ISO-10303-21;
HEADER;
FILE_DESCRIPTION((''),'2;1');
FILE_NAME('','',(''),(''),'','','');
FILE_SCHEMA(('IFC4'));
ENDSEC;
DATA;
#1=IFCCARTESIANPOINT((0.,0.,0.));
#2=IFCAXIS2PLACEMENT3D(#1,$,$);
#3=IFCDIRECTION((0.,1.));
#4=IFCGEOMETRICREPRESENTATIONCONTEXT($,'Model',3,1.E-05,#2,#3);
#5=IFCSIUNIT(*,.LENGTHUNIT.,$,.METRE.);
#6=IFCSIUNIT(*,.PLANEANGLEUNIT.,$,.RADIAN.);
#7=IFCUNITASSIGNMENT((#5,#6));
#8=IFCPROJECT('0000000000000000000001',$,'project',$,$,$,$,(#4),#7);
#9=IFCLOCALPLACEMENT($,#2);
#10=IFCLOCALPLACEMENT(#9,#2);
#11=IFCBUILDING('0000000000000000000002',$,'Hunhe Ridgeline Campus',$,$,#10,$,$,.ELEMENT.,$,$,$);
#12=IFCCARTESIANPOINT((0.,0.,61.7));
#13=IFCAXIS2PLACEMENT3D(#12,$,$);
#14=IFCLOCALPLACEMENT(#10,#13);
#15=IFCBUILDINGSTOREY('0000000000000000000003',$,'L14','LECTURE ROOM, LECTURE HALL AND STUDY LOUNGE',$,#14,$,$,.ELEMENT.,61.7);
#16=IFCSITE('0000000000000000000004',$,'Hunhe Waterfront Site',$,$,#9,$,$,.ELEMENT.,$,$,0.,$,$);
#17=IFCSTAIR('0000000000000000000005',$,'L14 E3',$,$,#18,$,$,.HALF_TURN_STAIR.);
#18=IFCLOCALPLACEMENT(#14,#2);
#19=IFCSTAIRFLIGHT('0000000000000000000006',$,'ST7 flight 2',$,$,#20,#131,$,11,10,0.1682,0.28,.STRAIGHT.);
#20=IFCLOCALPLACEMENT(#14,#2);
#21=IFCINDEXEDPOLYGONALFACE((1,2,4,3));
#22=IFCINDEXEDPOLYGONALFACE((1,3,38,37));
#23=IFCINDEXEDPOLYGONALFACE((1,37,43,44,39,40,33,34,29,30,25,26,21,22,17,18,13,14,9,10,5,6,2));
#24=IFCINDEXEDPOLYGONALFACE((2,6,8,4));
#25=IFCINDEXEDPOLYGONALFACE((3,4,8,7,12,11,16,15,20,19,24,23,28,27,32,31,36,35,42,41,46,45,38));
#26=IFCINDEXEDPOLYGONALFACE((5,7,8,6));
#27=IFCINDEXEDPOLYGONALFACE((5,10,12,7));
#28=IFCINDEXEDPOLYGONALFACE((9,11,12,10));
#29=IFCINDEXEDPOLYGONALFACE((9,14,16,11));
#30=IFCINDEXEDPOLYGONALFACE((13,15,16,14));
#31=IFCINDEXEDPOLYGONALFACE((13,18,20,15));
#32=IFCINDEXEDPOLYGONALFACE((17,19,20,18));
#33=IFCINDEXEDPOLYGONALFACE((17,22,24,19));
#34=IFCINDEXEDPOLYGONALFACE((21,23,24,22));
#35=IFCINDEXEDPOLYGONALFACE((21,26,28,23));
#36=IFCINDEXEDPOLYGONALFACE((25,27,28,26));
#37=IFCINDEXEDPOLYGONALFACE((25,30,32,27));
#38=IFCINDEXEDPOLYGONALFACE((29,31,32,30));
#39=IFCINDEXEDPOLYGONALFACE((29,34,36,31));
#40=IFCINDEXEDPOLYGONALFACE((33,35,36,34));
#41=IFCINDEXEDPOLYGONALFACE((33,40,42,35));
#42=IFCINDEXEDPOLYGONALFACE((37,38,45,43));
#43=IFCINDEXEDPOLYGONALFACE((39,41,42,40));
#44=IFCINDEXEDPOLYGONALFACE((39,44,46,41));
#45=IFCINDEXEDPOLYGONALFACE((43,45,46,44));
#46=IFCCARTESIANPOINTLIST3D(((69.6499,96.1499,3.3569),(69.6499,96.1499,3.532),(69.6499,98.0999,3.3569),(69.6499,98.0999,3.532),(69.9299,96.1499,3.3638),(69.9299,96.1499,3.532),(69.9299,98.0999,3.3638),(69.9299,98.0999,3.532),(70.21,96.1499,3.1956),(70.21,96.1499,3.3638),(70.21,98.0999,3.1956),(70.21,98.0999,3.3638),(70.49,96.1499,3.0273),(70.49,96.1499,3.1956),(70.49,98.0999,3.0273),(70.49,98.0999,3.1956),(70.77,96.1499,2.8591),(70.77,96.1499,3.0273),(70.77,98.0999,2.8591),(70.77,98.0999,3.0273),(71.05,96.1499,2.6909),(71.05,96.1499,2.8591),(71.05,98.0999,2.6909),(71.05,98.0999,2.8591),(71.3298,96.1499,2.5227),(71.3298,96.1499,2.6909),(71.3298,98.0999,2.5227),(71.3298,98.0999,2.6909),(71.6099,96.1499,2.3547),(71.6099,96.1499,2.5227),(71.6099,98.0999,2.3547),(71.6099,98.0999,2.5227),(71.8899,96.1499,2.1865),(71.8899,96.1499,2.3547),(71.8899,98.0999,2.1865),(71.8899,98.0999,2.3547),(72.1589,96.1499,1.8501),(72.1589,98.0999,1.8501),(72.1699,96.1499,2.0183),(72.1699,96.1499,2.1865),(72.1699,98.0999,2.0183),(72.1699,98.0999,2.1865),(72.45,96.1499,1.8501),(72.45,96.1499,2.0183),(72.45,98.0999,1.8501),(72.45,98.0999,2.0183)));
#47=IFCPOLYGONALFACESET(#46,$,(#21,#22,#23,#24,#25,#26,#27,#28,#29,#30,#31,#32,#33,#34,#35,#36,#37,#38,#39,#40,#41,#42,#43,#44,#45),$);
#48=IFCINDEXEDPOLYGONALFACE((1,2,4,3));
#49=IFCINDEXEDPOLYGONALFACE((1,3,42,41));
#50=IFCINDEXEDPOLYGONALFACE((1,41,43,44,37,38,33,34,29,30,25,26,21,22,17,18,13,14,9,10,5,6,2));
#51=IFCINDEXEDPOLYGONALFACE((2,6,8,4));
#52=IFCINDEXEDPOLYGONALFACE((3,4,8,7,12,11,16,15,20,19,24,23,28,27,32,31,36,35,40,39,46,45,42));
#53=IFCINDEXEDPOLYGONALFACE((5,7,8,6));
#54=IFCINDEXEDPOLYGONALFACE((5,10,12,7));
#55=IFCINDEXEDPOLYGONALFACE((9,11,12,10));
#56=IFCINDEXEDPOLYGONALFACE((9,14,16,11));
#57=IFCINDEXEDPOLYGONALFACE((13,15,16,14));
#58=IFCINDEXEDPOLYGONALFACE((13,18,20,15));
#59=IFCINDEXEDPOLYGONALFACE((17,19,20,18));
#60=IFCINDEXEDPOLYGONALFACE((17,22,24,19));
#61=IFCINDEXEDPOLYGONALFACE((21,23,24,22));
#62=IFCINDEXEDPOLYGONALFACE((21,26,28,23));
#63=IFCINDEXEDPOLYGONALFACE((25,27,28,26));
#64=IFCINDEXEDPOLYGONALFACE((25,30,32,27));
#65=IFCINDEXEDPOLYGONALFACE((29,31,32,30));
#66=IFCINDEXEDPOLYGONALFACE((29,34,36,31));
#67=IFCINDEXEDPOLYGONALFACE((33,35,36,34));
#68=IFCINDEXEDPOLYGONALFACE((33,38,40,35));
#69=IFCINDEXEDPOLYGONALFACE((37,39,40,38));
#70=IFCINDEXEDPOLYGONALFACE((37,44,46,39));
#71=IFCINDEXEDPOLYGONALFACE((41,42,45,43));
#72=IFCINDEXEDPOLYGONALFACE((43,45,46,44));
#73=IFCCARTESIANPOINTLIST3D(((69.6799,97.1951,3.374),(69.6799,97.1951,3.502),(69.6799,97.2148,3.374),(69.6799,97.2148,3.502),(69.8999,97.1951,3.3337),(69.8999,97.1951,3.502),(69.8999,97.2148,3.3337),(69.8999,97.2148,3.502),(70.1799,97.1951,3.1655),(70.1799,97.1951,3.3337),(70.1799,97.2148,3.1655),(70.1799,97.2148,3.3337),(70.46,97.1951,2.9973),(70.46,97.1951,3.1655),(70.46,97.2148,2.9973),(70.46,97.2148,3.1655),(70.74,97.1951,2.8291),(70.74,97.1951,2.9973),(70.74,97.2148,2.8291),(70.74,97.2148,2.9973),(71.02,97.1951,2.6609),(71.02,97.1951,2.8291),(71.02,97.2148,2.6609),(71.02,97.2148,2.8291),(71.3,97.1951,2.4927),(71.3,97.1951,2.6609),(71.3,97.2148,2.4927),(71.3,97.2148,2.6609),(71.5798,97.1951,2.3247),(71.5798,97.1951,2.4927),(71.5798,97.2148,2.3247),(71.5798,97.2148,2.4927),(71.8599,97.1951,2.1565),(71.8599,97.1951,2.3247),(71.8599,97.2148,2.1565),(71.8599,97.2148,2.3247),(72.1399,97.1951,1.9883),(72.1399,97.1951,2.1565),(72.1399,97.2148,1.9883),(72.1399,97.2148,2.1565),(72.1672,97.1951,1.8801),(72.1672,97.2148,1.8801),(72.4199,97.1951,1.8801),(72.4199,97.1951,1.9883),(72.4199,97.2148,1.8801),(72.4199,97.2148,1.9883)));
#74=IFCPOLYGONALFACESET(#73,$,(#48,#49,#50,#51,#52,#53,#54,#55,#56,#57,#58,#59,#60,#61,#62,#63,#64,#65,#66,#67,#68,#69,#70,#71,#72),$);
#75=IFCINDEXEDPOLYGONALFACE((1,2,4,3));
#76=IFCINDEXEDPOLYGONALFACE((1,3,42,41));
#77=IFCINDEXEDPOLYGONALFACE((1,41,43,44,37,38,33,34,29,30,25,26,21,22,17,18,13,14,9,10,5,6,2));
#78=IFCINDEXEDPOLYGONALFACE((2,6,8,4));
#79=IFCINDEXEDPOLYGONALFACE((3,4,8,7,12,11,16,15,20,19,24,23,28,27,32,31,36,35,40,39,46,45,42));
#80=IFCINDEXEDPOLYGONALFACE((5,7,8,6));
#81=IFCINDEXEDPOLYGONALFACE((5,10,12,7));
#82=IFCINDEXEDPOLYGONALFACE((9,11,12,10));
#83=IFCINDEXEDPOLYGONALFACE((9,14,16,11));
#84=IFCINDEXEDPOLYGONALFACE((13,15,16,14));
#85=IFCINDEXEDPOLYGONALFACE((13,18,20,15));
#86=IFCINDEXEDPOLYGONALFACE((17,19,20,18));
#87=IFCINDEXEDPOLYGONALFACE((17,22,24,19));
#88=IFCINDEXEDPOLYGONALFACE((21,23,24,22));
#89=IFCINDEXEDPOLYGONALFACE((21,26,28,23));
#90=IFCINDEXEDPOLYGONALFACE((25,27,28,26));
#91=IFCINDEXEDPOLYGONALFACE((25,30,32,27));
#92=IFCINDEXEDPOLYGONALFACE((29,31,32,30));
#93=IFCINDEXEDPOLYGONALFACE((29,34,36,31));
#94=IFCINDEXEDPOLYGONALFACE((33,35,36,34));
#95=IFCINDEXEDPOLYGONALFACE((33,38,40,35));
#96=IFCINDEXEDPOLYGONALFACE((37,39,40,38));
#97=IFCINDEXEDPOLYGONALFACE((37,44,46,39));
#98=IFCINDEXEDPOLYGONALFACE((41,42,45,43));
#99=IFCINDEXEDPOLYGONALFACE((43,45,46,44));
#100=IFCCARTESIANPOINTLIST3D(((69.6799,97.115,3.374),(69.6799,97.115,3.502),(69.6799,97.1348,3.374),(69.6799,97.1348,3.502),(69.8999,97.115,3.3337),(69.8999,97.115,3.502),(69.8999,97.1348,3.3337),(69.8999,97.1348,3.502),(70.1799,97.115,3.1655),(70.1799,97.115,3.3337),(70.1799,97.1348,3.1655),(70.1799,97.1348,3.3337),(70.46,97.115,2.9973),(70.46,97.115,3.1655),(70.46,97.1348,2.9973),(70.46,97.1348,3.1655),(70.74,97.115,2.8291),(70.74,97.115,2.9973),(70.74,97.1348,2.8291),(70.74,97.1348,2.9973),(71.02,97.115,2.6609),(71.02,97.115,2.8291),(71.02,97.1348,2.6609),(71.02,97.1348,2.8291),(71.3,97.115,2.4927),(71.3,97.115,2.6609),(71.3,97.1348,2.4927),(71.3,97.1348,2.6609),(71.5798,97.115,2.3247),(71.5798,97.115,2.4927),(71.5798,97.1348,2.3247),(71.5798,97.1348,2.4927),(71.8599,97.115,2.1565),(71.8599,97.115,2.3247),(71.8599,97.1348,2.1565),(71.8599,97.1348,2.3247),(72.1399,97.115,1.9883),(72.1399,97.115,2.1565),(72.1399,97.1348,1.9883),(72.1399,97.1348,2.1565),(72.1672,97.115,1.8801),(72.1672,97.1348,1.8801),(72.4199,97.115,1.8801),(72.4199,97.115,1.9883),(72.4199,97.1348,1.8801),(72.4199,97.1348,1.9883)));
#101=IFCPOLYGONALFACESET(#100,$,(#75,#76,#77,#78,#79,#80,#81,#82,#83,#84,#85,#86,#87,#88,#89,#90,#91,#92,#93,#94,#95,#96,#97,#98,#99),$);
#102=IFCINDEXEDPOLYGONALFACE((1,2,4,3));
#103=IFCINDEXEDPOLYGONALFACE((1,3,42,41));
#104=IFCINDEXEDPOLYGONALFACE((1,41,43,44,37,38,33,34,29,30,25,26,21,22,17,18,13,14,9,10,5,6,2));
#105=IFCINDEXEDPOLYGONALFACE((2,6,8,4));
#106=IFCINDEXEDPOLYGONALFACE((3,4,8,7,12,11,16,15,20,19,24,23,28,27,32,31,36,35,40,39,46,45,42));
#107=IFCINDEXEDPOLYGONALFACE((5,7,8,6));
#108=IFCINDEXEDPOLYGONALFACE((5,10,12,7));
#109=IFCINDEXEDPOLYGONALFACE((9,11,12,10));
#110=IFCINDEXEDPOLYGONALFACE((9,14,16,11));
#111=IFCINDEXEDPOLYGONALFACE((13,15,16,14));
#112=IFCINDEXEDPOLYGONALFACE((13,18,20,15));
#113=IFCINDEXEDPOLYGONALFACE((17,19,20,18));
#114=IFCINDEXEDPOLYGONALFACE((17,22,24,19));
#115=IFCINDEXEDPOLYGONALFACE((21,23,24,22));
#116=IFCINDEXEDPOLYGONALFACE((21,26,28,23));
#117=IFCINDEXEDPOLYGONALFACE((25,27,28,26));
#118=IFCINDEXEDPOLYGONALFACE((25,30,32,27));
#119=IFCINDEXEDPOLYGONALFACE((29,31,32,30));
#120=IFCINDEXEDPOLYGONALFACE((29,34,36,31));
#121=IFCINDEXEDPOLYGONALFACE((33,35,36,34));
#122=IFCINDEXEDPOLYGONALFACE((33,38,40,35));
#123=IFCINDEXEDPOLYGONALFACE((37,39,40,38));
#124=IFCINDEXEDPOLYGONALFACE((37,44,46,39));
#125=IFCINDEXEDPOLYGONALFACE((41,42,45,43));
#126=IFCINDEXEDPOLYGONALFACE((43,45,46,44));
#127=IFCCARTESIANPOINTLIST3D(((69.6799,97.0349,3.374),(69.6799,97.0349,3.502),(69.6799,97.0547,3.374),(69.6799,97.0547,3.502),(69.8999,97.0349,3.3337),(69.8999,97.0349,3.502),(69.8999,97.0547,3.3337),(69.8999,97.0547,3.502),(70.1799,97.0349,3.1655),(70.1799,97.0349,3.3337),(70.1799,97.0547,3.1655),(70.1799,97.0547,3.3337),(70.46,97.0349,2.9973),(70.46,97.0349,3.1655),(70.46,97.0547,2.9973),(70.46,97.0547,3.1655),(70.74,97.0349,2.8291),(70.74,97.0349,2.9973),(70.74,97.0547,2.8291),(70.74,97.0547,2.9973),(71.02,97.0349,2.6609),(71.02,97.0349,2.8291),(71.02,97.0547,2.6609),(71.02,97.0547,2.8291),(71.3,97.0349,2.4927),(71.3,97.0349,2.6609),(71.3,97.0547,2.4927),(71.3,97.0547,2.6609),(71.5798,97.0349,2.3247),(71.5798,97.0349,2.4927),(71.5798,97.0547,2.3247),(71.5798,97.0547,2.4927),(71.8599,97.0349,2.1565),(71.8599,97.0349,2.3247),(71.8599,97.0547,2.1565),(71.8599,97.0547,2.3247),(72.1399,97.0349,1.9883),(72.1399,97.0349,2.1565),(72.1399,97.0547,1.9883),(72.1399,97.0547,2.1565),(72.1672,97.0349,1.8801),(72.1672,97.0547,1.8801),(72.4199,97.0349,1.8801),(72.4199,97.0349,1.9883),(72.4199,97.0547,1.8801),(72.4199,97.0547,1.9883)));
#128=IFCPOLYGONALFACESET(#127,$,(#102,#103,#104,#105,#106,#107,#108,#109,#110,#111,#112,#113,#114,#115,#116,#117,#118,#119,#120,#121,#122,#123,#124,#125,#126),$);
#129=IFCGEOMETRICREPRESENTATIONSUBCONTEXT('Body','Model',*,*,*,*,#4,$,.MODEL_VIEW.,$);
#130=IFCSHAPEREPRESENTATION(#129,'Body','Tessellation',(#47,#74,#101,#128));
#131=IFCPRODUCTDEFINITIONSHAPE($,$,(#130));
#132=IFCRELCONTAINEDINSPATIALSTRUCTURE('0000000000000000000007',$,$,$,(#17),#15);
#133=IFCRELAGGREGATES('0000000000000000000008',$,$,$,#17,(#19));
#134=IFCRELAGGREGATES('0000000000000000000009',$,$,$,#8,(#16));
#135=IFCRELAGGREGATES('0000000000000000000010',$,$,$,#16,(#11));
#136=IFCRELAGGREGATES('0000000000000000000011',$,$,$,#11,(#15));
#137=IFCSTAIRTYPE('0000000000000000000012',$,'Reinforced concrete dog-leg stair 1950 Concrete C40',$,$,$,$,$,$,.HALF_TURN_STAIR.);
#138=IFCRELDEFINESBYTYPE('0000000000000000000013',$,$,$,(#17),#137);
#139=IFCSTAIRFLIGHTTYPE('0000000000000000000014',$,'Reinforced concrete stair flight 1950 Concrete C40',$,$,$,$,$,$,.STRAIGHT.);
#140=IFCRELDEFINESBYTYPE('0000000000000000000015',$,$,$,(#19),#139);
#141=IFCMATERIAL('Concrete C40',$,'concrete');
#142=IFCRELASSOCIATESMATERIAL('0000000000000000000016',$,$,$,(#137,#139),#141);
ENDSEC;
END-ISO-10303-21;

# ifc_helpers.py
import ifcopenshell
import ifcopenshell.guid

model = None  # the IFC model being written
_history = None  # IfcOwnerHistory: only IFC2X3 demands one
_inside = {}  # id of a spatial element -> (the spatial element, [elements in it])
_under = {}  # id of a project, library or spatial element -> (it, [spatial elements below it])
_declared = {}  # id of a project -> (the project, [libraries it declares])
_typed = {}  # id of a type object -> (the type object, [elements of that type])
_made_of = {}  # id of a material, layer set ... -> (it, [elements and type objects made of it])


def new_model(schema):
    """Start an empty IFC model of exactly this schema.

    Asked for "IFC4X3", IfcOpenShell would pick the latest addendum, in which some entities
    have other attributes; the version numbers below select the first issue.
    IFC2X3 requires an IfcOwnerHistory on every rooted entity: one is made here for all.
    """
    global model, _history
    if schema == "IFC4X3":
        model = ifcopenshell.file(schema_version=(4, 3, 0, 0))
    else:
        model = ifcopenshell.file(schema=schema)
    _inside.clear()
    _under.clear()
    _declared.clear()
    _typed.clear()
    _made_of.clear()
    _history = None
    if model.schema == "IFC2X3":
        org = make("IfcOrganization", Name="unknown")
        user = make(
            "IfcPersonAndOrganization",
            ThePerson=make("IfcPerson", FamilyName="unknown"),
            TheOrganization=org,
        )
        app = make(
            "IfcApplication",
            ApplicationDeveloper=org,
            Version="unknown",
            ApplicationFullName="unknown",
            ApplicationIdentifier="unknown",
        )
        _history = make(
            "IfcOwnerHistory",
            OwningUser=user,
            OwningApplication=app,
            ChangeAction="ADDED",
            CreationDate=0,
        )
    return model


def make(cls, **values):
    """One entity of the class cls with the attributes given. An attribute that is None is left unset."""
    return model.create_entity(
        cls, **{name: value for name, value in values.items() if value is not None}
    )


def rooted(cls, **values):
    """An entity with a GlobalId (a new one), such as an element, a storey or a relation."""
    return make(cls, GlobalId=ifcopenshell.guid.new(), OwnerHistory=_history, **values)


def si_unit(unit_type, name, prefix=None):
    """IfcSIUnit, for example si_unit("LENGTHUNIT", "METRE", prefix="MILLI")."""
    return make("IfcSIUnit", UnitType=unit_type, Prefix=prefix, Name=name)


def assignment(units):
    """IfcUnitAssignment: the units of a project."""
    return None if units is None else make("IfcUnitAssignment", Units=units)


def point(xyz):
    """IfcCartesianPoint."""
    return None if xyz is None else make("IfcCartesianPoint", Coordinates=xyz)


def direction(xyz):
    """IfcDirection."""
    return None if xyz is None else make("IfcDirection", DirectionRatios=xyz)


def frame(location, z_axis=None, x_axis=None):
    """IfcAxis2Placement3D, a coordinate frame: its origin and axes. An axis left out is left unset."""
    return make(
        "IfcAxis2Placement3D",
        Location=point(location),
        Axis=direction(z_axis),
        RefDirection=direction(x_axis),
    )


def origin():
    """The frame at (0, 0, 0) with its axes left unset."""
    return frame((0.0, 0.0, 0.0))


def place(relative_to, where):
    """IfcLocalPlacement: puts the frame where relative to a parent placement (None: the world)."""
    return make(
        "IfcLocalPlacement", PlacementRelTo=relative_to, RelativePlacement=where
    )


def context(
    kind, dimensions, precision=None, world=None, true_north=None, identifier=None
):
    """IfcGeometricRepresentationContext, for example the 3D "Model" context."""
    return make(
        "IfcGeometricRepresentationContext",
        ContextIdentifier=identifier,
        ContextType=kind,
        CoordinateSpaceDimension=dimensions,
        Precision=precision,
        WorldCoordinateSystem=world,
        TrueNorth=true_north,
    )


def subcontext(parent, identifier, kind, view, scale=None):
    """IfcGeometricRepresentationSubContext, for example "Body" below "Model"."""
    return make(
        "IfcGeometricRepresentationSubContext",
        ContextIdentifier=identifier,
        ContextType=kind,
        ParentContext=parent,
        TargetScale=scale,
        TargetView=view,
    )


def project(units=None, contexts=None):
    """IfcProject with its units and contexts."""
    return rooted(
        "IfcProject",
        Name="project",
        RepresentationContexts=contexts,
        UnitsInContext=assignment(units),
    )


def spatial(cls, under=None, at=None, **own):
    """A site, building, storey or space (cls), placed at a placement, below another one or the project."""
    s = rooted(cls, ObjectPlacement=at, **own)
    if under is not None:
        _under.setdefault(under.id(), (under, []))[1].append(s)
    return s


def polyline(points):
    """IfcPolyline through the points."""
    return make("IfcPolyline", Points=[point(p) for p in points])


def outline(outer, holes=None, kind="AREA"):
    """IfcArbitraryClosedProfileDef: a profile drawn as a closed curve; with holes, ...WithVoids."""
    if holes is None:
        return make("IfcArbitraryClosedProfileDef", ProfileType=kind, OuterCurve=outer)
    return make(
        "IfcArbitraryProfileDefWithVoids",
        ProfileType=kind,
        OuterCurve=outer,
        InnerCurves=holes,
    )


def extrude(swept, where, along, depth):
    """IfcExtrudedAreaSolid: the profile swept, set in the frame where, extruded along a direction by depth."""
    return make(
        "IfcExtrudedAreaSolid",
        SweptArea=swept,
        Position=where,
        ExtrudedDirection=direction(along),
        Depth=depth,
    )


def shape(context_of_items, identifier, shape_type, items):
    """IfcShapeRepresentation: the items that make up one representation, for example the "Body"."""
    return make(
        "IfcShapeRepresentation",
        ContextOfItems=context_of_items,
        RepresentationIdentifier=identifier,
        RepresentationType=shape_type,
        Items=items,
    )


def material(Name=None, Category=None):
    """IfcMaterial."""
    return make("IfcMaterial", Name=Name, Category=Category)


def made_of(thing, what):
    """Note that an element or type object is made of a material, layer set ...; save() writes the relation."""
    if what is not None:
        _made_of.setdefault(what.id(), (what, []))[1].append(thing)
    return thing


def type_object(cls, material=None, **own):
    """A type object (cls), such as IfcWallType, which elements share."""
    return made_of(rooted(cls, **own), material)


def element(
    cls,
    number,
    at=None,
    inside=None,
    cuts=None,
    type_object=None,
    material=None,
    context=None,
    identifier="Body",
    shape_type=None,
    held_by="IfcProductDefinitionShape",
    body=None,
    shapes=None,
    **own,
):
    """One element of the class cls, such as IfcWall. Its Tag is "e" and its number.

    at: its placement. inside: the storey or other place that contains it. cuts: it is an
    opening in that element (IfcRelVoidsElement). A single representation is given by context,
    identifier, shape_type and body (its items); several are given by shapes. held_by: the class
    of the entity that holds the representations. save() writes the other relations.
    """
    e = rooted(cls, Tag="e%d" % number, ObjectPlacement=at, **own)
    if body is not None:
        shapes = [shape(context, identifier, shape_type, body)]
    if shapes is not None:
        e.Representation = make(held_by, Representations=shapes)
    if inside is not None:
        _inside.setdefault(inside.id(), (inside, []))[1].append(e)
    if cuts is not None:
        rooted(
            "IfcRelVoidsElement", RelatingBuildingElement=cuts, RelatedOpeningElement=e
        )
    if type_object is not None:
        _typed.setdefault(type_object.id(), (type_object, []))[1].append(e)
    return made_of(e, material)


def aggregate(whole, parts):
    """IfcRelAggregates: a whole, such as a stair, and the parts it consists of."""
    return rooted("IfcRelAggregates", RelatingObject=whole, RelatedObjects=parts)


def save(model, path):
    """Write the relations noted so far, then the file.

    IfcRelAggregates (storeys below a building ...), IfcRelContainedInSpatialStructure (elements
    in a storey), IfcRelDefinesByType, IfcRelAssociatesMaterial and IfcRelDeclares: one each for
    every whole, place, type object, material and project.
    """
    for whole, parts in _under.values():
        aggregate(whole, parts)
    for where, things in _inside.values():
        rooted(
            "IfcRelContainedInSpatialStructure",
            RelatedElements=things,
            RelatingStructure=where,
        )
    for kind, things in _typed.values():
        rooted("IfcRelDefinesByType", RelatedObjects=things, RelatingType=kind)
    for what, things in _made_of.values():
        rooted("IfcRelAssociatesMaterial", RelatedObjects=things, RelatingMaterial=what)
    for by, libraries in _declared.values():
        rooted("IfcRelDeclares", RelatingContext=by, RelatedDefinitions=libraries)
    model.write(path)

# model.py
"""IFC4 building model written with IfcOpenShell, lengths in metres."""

from ifc_helpers import new_model, si_unit, direction, frame, origin, place, context, subcontext, project, spatial, polyline, outline, extrude, material, type_object, element, aggregate, save


model = new_model("IFC4")

# Units and contexts
model_context = context("Model", 3, precision=1e-05, world=origin(), true_north=direction((0.0, 1.0)))
body_context = subcontext(model_context, "Body", "Model", "MODEL_VIEW")
ifc_project = project(units=[si_unit("LENGTHUNIT", "METRE"), si_unit("PLANEANGLEUNIT", "RADIAN")], contexts=[model_context])

# Site, building, storey
site_placement = place(None, origin())
site = spatial("IfcSite", under=ifc_project, at=site_placement, Name="Hunhe Waterfront Site", CompositionType="ELEMENT", RefElevation=0.0)
building_placement = place(site_placement, origin())
building = spatial("IfcBuilding", under=site, at=building_placement, Name="Hunhe Ridgeline Campus", CompositionType="ELEMENT")
storey_placement = place(building_placement, frame((0.0, 0.0, 61.7)))
storey = spatial("IfcBuildingStorey", under=building, at=storey_placement, Name="L14", Description="LECTURE ROOM, LECTURE HALL AND STUDY LOUNGE", CompositionType="ELEMENT", Elevation=61.7)

# Shared definitions
ifc_material_1 = material(Name="Concrete C40", Category="concrete")
stair_type = type_object("IfcStairType", Name="Reinforced concrete dog-leg stair 1950 Concrete C40", PredefinedType="HALF_TURN_STAIR", material=ifc_material_1)
stair_flight_type = type_object("IfcStairFlightType", Name="Reinforced concrete stair flight 1950 Concrete C40", PredefinedType="STRAIGHT", material=ifc_material_1)

# Stair, stair flight
stair_1_placement = place(storey_placement, origin())
stair_1 = element("IfcStair", 1, at=stair_1_placement, inside=storey, type_object=stair_type, Name="L14 E3", PredefinedType="HALF_TURN_STAIR")
stair_flight_1_placement = place(storey_placement, frame((72.45, 97.125, 1.8501), z_axis=(0.0, 0.0, 1.0), x_axis=(-1.0, 0.0, 0.0)))
stair_flight_1 = element("IfcStairFlight", 2, at=stair_flight_1_placement, type_object=stair_flight_type, Name="ST7 flight 2", NumberOfRisers=11, NumberOfTreads=10, PredefinedType="STRAIGHT", RiserHeight=0.1682, TreadLength=0.28, context=body_context, shape_type="SweptSolid", body=[
    extrude(outline(polyline([(0.0, 0.0), (0.0, 0.1682), (0.28, 0.1682), (0.28, 0.3364), (0.5601, 0.3364), (0.5601, 0.5046), (0.8401, 0.5046), (0.8401, 0.6726), (1.1201, 0.6726), (1.1201, 0.8408), (1.3999, 0.8408), (1.3999, 1.009), (1.6799, 1.009), (1.6799, 1.1772), (1.96, 1.1772), (1.96, 1.3455), (2.24, 1.3455), (2.24, 1.5137), (2.52, 1.5137), (2.52, 1.6819), (2.8, 1.6819), (2.8, 1.8501), (2.8, 1.5068), (0.291, 0.0), (0.0, 0.0)])), frame((0.0, 0.9751, 0.0), z_axis=(0.0, -1.0, 0.0), x_axis=(1.0, 0.0, 0.0)), (0.0, 0.0, 1.0), 1.95),
    extrude(outline(polyline([(0.03, 0.03), (0.03, 0.1382), (0.3101, 0.1382), (0.3101, 0.3064), (0.5901, 0.3064), (0.5901, 0.4746), (0.8701, 0.4746), (0.8701, 0.6426), (1.1499, 0.6426), (1.1499, 0.8108), (1.4299, 0.8108), (1.4299, 0.979), (1.71, 0.979), (1.71, 1.1472), (1.99, 1.1472), (1.99, 1.3154), (2.27, 1.3154), (2.27, 1.4836), (2.55, 1.4836), (2.55, 1.6519), (2.77, 1.6519), (2.77, 1.5239), (0.2827, 0.03), (0.03, 0.03)])), frame((0.0, -0.0701, 0.0), z_axis=(0.0, -1.0, 0.0), x_axis=(1.0, 0.0, 0.0)), (0.0, 0.0, 1.0), 0.0198),
    extrude(outline(polyline([(0.03, 0.03), (0.03, 0.1382), (0.3101, 0.1382), (0.3101, 0.3064), (0.5901, 0.3064), (0.5901, 0.4746), (0.8701, 0.4746), (0.8701, 0.6426), (1.1499, 0.6426), (1.1499, 0.8108), (1.4299, 0.8108), (1.4299, 0.979), (1.71, 0.979), (1.71, 1.1472), (1.99, 1.1472), (1.99, 1.3154), (2.27, 1.3154), (2.27, 1.4836), (2.55, 1.4836), (2.55, 1.6519), (2.77, 1.6519), (2.77, 1.5239), (0.2827, 0.03), (0.03, 0.03)])), frame((0.0, 0.01, 0.0), z_axis=(0.0, -1.0, 0.0), x_axis=(1.0, 0.0, 0.0)), (0.0, 0.0, 1.0), 0.0198),
    extrude(outline(polyline([(0.03, 0.03), (0.03, 0.1382), (0.3101, 0.1382), (0.3101, 0.3064), (0.5901, 0.3064), (0.5901, 0.4746), (0.8701, 0.4746), (0.8701, 0.6426), (1.1499, 0.6426), (1.1499, 0.8108), (1.4299, 0.8108), (1.4299, 0.979), (1.71, 0.979), (1.71, 1.1472), (1.99, 1.1472), (1.99, 1.3154), (2.27, 1.3154), (2.27, 1.4836), (2.55, 1.4836), (2.55, 1.6519), (2.77, 1.6519), (2.77, 1.5239), (0.2827, 0.03), (0.03, 0.03)])), frame((0.0, 0.0901, 0.0), z_axis=(0.0, -1.0, 0.0), x_axis=(1.0, 0.0, 0.0)), (0.0, 0.0, 1.0), 0.0198),
])
aggregate(stair_1, [stair_flight_1])

save(model, "model.ifc")
